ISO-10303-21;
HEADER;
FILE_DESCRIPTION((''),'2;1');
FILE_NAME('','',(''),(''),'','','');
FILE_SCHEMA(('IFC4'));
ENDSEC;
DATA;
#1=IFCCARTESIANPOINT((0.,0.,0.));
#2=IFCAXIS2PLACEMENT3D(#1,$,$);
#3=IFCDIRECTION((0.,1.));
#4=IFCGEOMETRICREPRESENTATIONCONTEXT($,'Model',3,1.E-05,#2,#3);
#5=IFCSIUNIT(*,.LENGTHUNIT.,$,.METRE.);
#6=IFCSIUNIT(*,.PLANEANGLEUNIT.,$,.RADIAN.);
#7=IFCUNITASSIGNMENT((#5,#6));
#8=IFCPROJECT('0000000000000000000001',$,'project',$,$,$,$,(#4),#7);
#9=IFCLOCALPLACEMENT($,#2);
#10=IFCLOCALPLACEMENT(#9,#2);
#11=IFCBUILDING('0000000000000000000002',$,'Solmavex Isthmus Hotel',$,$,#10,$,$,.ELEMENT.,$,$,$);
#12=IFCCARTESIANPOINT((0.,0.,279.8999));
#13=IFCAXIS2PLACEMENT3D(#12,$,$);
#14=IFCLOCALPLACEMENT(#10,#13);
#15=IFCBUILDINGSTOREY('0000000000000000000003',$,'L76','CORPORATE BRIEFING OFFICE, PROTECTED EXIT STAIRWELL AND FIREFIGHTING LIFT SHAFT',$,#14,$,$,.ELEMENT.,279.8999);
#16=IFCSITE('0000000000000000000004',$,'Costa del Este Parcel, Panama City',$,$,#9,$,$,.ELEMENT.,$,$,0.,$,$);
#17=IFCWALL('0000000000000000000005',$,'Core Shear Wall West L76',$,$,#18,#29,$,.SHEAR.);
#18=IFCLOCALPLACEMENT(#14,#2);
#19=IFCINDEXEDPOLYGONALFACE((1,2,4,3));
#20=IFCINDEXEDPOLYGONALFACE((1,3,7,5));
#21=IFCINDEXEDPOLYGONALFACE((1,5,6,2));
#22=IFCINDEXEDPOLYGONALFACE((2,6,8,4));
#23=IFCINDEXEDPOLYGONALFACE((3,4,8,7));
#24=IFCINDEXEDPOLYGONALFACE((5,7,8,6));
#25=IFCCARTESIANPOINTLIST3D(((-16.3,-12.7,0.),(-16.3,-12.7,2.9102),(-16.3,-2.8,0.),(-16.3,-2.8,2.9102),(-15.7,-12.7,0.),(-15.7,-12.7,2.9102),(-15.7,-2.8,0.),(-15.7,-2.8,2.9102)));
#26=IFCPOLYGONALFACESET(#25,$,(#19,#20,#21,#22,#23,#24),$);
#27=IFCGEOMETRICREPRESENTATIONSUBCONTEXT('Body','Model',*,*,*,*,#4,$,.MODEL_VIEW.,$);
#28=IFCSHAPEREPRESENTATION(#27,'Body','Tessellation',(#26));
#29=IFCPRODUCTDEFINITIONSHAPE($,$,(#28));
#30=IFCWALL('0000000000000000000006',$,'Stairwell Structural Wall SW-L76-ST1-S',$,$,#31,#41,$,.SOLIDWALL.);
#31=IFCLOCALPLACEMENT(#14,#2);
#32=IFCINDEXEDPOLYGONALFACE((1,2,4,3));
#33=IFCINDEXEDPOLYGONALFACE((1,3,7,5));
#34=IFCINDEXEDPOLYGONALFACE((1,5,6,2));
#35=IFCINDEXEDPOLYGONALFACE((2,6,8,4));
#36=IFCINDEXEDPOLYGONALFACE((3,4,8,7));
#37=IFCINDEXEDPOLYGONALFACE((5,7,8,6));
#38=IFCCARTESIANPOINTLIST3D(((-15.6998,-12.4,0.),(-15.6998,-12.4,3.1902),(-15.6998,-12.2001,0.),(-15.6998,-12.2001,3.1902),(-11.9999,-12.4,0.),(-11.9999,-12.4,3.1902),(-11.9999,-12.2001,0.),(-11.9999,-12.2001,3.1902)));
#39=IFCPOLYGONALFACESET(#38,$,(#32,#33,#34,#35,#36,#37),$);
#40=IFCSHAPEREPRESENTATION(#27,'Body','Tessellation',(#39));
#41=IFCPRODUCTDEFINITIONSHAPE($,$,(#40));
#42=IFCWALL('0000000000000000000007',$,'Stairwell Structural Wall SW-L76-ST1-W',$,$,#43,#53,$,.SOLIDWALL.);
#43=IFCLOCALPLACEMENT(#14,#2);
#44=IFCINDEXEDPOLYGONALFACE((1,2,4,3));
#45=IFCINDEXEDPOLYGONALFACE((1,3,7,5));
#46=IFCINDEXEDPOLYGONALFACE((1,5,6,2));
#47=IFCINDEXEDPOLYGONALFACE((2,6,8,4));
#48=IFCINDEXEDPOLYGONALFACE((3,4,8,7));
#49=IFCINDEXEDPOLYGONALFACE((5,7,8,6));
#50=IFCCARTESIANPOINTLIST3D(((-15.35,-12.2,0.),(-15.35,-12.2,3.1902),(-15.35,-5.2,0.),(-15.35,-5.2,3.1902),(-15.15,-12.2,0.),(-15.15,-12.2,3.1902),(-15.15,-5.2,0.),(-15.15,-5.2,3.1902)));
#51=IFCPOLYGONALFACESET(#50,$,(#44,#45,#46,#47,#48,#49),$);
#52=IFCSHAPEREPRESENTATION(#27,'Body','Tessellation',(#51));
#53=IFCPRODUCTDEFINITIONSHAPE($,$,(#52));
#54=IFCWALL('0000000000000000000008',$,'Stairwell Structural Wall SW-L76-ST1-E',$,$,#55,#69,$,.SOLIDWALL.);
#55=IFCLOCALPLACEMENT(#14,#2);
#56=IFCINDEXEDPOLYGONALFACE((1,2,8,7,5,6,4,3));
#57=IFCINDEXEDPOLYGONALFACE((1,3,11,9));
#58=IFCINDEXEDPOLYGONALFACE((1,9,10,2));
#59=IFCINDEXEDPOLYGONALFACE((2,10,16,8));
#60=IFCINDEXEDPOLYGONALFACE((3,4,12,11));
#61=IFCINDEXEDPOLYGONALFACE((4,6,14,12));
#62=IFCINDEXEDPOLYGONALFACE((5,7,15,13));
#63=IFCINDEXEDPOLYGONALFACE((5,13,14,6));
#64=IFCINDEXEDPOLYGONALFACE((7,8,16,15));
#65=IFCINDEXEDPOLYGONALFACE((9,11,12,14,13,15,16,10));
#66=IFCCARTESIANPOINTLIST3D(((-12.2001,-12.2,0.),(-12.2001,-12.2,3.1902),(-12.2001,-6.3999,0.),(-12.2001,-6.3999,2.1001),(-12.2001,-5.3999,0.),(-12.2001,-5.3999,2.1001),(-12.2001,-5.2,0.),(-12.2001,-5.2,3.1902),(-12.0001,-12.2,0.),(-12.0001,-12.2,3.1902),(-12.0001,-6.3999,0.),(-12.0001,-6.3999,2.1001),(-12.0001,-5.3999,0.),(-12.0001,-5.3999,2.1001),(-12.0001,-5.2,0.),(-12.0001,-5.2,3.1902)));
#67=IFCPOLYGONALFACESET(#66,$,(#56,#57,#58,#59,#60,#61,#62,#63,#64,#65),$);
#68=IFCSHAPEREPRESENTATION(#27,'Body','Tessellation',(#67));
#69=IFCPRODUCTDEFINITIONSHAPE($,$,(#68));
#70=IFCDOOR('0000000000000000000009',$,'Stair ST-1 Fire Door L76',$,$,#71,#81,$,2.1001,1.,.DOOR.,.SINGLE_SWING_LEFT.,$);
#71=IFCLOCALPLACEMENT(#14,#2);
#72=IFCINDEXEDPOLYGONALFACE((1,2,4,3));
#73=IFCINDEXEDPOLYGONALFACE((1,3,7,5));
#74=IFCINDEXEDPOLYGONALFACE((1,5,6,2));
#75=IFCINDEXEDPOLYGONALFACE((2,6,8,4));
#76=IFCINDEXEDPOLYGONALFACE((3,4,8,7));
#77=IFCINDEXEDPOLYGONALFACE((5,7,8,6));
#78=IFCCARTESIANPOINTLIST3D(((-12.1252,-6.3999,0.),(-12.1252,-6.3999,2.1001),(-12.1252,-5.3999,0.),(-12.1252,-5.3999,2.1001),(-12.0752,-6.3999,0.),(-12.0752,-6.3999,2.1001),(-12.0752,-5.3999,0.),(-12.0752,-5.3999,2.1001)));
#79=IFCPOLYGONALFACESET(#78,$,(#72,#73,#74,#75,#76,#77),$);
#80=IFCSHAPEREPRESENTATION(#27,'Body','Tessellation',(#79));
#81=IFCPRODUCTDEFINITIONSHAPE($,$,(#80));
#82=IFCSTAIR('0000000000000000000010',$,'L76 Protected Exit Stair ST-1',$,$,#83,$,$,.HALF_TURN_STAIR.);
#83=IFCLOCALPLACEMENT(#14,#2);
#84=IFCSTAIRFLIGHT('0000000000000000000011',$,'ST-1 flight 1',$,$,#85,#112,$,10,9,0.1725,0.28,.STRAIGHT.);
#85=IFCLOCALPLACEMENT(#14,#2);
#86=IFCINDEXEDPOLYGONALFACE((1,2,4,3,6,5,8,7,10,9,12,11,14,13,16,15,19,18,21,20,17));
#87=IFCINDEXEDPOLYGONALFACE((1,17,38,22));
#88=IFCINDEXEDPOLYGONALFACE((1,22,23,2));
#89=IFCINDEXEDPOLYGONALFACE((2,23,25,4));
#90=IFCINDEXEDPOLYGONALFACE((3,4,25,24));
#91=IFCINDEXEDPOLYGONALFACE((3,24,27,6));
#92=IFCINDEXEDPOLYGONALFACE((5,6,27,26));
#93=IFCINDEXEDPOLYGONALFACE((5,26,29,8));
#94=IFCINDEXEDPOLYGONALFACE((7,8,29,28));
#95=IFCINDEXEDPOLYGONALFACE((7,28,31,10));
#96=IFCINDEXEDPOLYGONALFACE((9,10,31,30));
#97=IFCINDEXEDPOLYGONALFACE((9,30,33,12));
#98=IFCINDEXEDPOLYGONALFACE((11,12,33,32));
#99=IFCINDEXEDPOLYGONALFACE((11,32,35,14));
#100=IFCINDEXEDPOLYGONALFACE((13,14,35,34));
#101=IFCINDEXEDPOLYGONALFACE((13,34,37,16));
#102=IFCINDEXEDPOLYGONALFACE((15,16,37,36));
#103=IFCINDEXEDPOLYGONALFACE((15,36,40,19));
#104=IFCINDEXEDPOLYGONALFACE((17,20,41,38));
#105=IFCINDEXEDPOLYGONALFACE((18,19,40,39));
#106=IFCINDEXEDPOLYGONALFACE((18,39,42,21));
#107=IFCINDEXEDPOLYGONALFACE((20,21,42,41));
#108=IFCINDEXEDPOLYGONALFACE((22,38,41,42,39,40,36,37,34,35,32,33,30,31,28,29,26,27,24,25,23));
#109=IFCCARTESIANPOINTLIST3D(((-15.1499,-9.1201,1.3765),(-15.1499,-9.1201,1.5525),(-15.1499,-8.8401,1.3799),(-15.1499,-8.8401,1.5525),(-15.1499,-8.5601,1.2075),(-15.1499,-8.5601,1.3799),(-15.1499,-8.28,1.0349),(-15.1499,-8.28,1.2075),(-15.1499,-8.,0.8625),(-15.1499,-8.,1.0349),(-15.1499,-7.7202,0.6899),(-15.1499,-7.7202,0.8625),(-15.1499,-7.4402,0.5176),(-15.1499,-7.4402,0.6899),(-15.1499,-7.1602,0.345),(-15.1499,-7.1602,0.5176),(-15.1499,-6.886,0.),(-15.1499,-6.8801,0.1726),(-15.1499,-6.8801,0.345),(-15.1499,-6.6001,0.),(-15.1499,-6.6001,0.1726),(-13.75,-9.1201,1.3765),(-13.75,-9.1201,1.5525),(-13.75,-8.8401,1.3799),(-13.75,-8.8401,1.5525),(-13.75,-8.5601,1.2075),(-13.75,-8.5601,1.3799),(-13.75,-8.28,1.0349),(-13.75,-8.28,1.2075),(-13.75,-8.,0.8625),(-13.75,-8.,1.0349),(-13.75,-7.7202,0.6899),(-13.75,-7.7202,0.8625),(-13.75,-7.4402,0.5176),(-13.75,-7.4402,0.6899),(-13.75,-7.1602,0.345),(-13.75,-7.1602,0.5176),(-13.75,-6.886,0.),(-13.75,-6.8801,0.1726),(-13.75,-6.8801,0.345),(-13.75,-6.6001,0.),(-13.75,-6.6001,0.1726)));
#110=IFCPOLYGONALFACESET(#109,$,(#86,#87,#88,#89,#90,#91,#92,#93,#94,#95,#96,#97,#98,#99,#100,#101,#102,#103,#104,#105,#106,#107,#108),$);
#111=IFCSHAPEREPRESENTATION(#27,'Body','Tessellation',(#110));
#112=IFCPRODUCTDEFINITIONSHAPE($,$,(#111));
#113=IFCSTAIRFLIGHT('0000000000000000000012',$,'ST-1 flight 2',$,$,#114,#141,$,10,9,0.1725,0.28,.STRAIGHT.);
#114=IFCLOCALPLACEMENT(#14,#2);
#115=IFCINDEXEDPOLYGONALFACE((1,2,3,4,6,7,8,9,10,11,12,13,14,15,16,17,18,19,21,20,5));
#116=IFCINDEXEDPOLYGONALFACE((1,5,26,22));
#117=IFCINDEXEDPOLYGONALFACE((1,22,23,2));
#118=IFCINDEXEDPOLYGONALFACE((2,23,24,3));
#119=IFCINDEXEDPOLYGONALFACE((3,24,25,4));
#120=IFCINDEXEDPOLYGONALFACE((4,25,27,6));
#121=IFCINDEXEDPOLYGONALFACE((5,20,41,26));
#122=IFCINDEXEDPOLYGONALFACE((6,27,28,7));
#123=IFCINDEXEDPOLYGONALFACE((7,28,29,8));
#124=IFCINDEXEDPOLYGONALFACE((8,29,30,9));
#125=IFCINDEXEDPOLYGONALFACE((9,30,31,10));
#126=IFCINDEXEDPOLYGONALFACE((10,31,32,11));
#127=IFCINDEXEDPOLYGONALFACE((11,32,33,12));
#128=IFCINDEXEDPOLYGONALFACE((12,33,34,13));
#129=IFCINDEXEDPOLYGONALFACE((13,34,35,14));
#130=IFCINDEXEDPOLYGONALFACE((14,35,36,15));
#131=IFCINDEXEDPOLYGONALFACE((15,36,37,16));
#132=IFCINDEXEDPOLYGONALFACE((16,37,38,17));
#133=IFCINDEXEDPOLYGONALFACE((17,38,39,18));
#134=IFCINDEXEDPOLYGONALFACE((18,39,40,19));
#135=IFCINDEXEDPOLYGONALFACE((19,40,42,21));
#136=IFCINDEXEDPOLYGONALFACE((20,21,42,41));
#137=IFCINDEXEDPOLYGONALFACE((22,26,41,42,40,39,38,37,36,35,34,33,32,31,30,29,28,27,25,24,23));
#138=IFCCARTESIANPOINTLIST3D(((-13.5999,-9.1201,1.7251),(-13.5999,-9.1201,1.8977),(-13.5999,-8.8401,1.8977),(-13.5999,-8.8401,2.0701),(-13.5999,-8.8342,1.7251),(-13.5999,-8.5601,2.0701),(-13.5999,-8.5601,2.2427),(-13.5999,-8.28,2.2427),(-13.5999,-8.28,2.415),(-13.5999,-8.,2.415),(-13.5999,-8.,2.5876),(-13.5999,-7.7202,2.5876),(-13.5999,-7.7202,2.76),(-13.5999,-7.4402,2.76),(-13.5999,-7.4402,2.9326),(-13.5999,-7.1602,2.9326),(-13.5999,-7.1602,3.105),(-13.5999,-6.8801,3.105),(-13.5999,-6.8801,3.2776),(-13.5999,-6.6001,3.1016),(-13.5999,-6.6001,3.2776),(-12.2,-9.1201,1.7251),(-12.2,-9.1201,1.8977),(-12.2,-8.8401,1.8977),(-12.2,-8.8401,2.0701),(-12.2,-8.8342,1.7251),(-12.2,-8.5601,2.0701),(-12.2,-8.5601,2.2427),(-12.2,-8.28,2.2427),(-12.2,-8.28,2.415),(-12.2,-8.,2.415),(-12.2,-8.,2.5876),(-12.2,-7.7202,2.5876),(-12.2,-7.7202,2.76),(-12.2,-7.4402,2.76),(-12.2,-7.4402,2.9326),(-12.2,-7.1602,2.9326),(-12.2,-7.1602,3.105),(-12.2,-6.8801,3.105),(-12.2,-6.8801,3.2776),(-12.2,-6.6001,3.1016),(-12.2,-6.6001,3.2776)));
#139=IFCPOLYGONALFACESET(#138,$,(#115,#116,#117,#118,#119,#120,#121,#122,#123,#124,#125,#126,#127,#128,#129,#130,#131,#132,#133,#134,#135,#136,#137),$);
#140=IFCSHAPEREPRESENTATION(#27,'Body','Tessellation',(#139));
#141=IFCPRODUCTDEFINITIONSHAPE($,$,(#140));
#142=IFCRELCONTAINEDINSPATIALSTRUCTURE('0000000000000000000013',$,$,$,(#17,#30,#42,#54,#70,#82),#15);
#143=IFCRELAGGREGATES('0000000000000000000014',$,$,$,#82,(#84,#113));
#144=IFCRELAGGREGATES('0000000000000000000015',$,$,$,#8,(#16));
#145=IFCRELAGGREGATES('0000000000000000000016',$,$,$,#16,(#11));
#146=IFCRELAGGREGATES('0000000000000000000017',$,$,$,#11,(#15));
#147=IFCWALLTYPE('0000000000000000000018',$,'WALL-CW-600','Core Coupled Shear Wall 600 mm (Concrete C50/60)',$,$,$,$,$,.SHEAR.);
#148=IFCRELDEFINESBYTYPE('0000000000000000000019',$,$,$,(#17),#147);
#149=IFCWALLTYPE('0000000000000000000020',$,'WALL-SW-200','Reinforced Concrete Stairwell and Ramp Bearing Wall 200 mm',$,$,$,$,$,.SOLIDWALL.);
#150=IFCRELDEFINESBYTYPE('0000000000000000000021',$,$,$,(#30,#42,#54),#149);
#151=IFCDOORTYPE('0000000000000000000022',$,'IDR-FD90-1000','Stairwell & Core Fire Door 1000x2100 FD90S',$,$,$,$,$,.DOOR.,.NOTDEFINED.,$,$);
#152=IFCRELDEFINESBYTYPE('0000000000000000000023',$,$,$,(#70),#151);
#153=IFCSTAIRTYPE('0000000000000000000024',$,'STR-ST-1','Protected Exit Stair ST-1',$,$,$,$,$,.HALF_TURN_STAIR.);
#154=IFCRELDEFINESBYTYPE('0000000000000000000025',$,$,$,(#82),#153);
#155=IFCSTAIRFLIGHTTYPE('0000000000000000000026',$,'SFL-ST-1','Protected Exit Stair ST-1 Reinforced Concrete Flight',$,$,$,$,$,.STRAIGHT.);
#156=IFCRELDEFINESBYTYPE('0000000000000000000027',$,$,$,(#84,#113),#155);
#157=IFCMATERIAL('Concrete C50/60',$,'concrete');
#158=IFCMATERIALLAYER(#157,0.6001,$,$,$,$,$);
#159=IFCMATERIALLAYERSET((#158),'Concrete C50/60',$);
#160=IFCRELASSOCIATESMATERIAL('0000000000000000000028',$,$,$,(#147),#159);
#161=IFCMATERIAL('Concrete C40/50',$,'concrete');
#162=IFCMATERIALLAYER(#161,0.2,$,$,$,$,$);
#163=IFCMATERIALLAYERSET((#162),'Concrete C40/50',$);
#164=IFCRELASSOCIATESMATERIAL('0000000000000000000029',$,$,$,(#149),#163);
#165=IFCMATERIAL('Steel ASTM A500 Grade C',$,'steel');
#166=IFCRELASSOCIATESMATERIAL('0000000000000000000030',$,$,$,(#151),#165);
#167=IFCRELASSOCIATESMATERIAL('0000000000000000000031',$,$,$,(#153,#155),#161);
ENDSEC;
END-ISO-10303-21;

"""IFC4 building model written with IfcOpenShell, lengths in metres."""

from ifc_helpers import new_model, si_unit, direction, frame, frame_2d, origin, place, context, subcontext, project, spatial, polyline, rectangle, outline, extrude, material, layer, layer_set, type_object, element, fill, aggregate, save


model = new_model("IFC4")

# Units and contexts
model_context = context("Model", 3, precision=1e-05, world=origin(), true_north=direction((0.0, 1.0)))
body_context = subcontext(model_context, "Body", "Model", "MODEL_VIEW")
ifc_project = project(units=[si_unit("LENGTHUNIT", "METRE"), si_unit("PLANEANGLEUNIT", "RADIAN")], contexts=[model_context])

# Site, building, storey
site_placement = place(None, origin())
site = spatial("IfcSite", under=ifc_project, at=site_placement, Name="Costa del Este Parcel, Panama City", CompositionType="ELEMENT", RefElevation=0.0)
building_placement = place(site_placement, origin())
building = spatial("IfcBuilding", under=site, at=building_placement, Name="Solmavex Isthmus Hotel", CompositionType="ELEMENT")
storey_placement = place(building_placement, frame((0.0, 0.0, 279.8999)))
storey = spatial("IfcBuildingStorey", under=building, at=storey_placement, Name="L76", Description="CORPORATE BRIEFING OFFICE, PROTECTED EXIT STAIRWELL AND FIREFIGHTING LIFT SHAFT", CompositionType="ELEMENT", Elevation=279.8999)

# Shared definitions
ifc_material_1 = material(Name="Concrete C50/60", Category="concrete")

# Shared definitions
ifc_material_2 = material(Name="Concrete C40/50", Category="concrete")

# Walls
ifc_layer_1 = layer(ifc_material_1, 0.6001)
ifc_layer_set_1 = layer_set([ifc_layer_1], Name="Concrete C50/60")
wall_type_1 = type_object("IfcWallType", Name="WALL-CW-600", Description="Core Coupled Shear Wall 600 mm (Concrete C50/60)", PredefinedType="SHEAR", material=ifc_layer_set_1)
wall_1_placement = place(storey_placement, frame((-16.0, -12.7, 0.0), z_axis=(0.0, 0.0, 1.0), x_axis=(0.0, 1.0, 0.0)))
element("IfcWall", 1, at=wall_1_placement, inside=storey, type_object=wall_type_1, Name="Core Shear Wall West L76", PredefinedType="SHEAR", context=body_context, shape_type="SweptSolid", body=[
    extrude(rectangle(XDim=9.8999, YDim=0.6001, at=frame_2d((4.95, 0.0))), origin(), (0.0, 0.0, 1.0), 2.9102),
])
ifc_layer_2 = layer(ifc_material_2, 0.2)
ifc_layer_set_2 = layer_set([ifc_layer_2], Name="Concrete C40/50")
wall_type_2 = type_object("IfcWallType", Name="WALL-SW-200", Description="Reinforced Concrete Stairwell and Ramp Bearing Wall 200 mm", PredefinedType="SOLIDWALL", material=ifc_layer_set_2)
wall_2_placement = place(storey_placement, frame((-15.7, -12.3, 0.0), z_axis=(0.0, 0.0, 1.0), x_axis=(1.0, 0.0, 0.0)))
element("IfcWall", 2, at=wall_2_placement, inside=storey, type_object=wall_type_2, Name="Stairwell Structural Wall SW-L76-ST1-S", PredefinedType="SOLIDWALL", context=body_context, shape_type="SweptSolid", body=[
    extrude(rectangle(XDim=3.7, YDim=0.2, at=frame_2d((1.8501, 0.0))), origin(), (0.0, 0.0, 1.0), 3.1902),
])
wall_3_placement = place(storey_placement, frame((-15.25, -12.2, 0.0), z_axis=(0.0, 0.0, 1.0), x_axis=(0.0, 1.0, 0.0)))
element("IfcWall", 3, at=wall_3_placement, inside=storey, type_object=wall_type_2, Name="Stairwell Structural Wall SW-L76-ST1-W", PredefinedType="SOLIDWALL", context=body_context, shape_type="SweptSolid", body=[
    extrude(rectangle(XDim=7.0, YDim=0.2, at=frame_2d((3.5, 0.0))), origin(), (0.0, 0.0, 1.0), 3.1902),
])

# Wall, opening, door
wall_4_placement = place(storey_placement, frame((-12.1001, -12.2, 0.0), z_axis=(0.0, 0.0, 1.0), x_axis=(0.0, 1.0, 0.0)))
wall_4 = element("IfcWall", 4, at=wall_4_placement, inside=storey, type_object=wall_type_2, Name="Stairwell Structural Wall SW-L76-ST1-E", PredefinedType="SOLIDWALL", context=body_context, shape_type="SweptSolid", body=[
    extrude(rectangle(XDim=7.0, YDim=0.2, at=frame_2d((3.5, 0.0))), origin(), (0.0, 0.0, 1.0), 3.1902),
])
opening_1_placement = place(wall_4_placement, frame((5.8, 0.0, 0.0)))
opening_1 = element("IfcOpeningElement", 5, at=opening_1_placement, cuts=wall_4, PredefinedType="OPENING", context=body_context, shape_type="SweptSolid", body=[
    extrude(rectangle(XDim=1.0, YDim=2.1001, at=frame_2d((0.5, 1.05))), frame((0.0, 0.1099, 0.0), z_axis=(0.0, -1.0, 0.0), x_axis=(1.0, 0.0, 0.0)), (0.0, 0.0, 1.0), 0.22),
])
ifc_material_3 = material(Name="Steel ASTM A500 Grade C", Category="steel")
door_type_1 = type_object("IfcDoorType", Name="IDR-FD90-1000", Description="Stairwell & Core Fire Door 1000x2100 FD90S", OperationType="NOTDEFINED", PredefinedType="DOOR", material=ifc_material_3)
door_1_placement = place(opening_1_placement, frame((1.0, 0.0, 0.0), z_axis=(0.0, 0.0, 1.0), x_axis=(-1.0, 0.0, 0.0)))
door_1 = element("IfcDoor", 6, at=door_1_placement, inside=storey, type_object=door_type_1, Name="Stair ST-1 Fire Door L76", OperationType="SINGLE_SWING_LEFT", OverallHeight=2.1001, OverallWidth=1.0, PredefinedType="DOOR", context=body_context, shape_type="SweptSolid", body=[
    extrude(rectangle(XDim=1.0, YDim=2.1001, at=frame_2d((0.5, 1.05))), frame((0.0, 0.0249, 0.0), z_axis=(0.0, -1.0, 0.0), x_axis=(1.0, 0.0, 0.0)), (0.0, 0.0, 1.0), 0.05),
])
fill(opening_1, door_1)

# Stair, stair flights
stair_type = type_object("IfcStairType", Name="STR-ST-1", Description="Protected Exit Stair ST-1", PredefinedType="HALF_TURN_STAIR", material=ifc_material_2)
stair_placement = place(storey_placement, origin())
stair = element("IfcStair", 7, at=stair_placement, inside=storey, type_object=stair_type, Name="L76 Protected Exit Stair ST-1", PredefinedType="HALF_TURN_STAIR")
stair_flight_type = type_object("IfcStairFlightType", Name="SFL-ST-1", Description="Protected Exit Stair ST-1 Reinforced Concrete Flight", PredefinedType="STRAIGHT", material=ifc_material_2)
stair_flight_1_placement = place(storey_placement, frame((-14.45, -6.6001, 0.0), z_axis=(0.0, 0.0, 1.0), x_axis=(0.0, -1.0, 0.0)))
stair_flight_1 = element("IfcStairFlight", 8, at=stair_flight_1_placement, type_object=stair_flight_type, Name="ST-1 flight 1", NumberOfRisers=10, NumberOfTreads=9, PredefinedType="STRAIGHT", RiserHeight=0.1725, TreadLength=0.28, context=body_context, shape_type="SweptSolid", body=[
    extrude(outline(polyline([(0.0, 0.0), (0.0, 0.1726), (0.28, 0.1726), (0.28, 0.345), (0.5601, 0.345), (0.5601, 0.5176), (0.8401, 0.5176), (0.8401, 0.6899), (1.1201, 0.6899), (1.1201, 0.8625), (1.3999, 0.8625), (1.3999, 1.0349), (1.6799, 1.0349), (1.6799, 1.2075), (1.96, 1.2075), (1.96, 1.3799), (2.24, 1.3799), (2.24, 1.5525), (2.52, 1.5525), (2.52, 1.7251), (2.52, 1.3765), (0.2859, 0.0), (0.0, 0.0)])), frame((0.0, 0.7, 0.0), z_axis=(0.0, -1.0, 0.0), x_axis=(1.0, 0.0, 0.0)), (0.0, 0.0, 1.0), 1.3999),
])
stair_flight_2_placement = place(storey_placement, frame((-12.8999, -9.1201, 1.7251), z_axis=(0.0, 0.0, 1.0), x_axis=(0.0, 1.0, 0.0)))
stair_flight_2 = element("IfcStairFlight", 9, at=stair_flight_2_placement, type_object=stair_flight_type, Name="ST-1 flight 2", NumberOfRisers=10, NumberOfTreads=9, PredefinedType="STRAIGHT", RiserHeight=0.1725, TreadLength=0.28, context=body_context, shape_type="SweptSolid", body=[
    extrude(outline(polyline([(0.0, 0.0), (0.0, 0.1726), (0.28, 0.1726), (0.28, 0.345), (0.5601, 0.345), (0.5601, 0.5176), (0.8401, 0.5176), (0.8401, 0.6899), (1.1201, 0.6899), (1.1201, 0.8625), (1.3999, 0.8625), (1.3999, 1.0349), (1.6799, 1.0349), (1.6799, 1.2075), (1.96, 1.2075), (1.96, 1.3799), (2.24, 1.3799), (2.24, 1.5525), (2.52, 1.5525), (2.52, 1.7251), (2.52, 1.3765), (0.2859, 0.0), (0.0, 0.0)])), frame((0.0, 0.7, 0.0), z_axis=(0.0, -1.0, 0.0), x_axis=(1.0, 0.0, 0.0)), (0.0, 0.0, 1.0), 1.3999),
])
aggregate(stair, [stair_flight_1, stair_flight_2])

save(model, "model.ifc")
